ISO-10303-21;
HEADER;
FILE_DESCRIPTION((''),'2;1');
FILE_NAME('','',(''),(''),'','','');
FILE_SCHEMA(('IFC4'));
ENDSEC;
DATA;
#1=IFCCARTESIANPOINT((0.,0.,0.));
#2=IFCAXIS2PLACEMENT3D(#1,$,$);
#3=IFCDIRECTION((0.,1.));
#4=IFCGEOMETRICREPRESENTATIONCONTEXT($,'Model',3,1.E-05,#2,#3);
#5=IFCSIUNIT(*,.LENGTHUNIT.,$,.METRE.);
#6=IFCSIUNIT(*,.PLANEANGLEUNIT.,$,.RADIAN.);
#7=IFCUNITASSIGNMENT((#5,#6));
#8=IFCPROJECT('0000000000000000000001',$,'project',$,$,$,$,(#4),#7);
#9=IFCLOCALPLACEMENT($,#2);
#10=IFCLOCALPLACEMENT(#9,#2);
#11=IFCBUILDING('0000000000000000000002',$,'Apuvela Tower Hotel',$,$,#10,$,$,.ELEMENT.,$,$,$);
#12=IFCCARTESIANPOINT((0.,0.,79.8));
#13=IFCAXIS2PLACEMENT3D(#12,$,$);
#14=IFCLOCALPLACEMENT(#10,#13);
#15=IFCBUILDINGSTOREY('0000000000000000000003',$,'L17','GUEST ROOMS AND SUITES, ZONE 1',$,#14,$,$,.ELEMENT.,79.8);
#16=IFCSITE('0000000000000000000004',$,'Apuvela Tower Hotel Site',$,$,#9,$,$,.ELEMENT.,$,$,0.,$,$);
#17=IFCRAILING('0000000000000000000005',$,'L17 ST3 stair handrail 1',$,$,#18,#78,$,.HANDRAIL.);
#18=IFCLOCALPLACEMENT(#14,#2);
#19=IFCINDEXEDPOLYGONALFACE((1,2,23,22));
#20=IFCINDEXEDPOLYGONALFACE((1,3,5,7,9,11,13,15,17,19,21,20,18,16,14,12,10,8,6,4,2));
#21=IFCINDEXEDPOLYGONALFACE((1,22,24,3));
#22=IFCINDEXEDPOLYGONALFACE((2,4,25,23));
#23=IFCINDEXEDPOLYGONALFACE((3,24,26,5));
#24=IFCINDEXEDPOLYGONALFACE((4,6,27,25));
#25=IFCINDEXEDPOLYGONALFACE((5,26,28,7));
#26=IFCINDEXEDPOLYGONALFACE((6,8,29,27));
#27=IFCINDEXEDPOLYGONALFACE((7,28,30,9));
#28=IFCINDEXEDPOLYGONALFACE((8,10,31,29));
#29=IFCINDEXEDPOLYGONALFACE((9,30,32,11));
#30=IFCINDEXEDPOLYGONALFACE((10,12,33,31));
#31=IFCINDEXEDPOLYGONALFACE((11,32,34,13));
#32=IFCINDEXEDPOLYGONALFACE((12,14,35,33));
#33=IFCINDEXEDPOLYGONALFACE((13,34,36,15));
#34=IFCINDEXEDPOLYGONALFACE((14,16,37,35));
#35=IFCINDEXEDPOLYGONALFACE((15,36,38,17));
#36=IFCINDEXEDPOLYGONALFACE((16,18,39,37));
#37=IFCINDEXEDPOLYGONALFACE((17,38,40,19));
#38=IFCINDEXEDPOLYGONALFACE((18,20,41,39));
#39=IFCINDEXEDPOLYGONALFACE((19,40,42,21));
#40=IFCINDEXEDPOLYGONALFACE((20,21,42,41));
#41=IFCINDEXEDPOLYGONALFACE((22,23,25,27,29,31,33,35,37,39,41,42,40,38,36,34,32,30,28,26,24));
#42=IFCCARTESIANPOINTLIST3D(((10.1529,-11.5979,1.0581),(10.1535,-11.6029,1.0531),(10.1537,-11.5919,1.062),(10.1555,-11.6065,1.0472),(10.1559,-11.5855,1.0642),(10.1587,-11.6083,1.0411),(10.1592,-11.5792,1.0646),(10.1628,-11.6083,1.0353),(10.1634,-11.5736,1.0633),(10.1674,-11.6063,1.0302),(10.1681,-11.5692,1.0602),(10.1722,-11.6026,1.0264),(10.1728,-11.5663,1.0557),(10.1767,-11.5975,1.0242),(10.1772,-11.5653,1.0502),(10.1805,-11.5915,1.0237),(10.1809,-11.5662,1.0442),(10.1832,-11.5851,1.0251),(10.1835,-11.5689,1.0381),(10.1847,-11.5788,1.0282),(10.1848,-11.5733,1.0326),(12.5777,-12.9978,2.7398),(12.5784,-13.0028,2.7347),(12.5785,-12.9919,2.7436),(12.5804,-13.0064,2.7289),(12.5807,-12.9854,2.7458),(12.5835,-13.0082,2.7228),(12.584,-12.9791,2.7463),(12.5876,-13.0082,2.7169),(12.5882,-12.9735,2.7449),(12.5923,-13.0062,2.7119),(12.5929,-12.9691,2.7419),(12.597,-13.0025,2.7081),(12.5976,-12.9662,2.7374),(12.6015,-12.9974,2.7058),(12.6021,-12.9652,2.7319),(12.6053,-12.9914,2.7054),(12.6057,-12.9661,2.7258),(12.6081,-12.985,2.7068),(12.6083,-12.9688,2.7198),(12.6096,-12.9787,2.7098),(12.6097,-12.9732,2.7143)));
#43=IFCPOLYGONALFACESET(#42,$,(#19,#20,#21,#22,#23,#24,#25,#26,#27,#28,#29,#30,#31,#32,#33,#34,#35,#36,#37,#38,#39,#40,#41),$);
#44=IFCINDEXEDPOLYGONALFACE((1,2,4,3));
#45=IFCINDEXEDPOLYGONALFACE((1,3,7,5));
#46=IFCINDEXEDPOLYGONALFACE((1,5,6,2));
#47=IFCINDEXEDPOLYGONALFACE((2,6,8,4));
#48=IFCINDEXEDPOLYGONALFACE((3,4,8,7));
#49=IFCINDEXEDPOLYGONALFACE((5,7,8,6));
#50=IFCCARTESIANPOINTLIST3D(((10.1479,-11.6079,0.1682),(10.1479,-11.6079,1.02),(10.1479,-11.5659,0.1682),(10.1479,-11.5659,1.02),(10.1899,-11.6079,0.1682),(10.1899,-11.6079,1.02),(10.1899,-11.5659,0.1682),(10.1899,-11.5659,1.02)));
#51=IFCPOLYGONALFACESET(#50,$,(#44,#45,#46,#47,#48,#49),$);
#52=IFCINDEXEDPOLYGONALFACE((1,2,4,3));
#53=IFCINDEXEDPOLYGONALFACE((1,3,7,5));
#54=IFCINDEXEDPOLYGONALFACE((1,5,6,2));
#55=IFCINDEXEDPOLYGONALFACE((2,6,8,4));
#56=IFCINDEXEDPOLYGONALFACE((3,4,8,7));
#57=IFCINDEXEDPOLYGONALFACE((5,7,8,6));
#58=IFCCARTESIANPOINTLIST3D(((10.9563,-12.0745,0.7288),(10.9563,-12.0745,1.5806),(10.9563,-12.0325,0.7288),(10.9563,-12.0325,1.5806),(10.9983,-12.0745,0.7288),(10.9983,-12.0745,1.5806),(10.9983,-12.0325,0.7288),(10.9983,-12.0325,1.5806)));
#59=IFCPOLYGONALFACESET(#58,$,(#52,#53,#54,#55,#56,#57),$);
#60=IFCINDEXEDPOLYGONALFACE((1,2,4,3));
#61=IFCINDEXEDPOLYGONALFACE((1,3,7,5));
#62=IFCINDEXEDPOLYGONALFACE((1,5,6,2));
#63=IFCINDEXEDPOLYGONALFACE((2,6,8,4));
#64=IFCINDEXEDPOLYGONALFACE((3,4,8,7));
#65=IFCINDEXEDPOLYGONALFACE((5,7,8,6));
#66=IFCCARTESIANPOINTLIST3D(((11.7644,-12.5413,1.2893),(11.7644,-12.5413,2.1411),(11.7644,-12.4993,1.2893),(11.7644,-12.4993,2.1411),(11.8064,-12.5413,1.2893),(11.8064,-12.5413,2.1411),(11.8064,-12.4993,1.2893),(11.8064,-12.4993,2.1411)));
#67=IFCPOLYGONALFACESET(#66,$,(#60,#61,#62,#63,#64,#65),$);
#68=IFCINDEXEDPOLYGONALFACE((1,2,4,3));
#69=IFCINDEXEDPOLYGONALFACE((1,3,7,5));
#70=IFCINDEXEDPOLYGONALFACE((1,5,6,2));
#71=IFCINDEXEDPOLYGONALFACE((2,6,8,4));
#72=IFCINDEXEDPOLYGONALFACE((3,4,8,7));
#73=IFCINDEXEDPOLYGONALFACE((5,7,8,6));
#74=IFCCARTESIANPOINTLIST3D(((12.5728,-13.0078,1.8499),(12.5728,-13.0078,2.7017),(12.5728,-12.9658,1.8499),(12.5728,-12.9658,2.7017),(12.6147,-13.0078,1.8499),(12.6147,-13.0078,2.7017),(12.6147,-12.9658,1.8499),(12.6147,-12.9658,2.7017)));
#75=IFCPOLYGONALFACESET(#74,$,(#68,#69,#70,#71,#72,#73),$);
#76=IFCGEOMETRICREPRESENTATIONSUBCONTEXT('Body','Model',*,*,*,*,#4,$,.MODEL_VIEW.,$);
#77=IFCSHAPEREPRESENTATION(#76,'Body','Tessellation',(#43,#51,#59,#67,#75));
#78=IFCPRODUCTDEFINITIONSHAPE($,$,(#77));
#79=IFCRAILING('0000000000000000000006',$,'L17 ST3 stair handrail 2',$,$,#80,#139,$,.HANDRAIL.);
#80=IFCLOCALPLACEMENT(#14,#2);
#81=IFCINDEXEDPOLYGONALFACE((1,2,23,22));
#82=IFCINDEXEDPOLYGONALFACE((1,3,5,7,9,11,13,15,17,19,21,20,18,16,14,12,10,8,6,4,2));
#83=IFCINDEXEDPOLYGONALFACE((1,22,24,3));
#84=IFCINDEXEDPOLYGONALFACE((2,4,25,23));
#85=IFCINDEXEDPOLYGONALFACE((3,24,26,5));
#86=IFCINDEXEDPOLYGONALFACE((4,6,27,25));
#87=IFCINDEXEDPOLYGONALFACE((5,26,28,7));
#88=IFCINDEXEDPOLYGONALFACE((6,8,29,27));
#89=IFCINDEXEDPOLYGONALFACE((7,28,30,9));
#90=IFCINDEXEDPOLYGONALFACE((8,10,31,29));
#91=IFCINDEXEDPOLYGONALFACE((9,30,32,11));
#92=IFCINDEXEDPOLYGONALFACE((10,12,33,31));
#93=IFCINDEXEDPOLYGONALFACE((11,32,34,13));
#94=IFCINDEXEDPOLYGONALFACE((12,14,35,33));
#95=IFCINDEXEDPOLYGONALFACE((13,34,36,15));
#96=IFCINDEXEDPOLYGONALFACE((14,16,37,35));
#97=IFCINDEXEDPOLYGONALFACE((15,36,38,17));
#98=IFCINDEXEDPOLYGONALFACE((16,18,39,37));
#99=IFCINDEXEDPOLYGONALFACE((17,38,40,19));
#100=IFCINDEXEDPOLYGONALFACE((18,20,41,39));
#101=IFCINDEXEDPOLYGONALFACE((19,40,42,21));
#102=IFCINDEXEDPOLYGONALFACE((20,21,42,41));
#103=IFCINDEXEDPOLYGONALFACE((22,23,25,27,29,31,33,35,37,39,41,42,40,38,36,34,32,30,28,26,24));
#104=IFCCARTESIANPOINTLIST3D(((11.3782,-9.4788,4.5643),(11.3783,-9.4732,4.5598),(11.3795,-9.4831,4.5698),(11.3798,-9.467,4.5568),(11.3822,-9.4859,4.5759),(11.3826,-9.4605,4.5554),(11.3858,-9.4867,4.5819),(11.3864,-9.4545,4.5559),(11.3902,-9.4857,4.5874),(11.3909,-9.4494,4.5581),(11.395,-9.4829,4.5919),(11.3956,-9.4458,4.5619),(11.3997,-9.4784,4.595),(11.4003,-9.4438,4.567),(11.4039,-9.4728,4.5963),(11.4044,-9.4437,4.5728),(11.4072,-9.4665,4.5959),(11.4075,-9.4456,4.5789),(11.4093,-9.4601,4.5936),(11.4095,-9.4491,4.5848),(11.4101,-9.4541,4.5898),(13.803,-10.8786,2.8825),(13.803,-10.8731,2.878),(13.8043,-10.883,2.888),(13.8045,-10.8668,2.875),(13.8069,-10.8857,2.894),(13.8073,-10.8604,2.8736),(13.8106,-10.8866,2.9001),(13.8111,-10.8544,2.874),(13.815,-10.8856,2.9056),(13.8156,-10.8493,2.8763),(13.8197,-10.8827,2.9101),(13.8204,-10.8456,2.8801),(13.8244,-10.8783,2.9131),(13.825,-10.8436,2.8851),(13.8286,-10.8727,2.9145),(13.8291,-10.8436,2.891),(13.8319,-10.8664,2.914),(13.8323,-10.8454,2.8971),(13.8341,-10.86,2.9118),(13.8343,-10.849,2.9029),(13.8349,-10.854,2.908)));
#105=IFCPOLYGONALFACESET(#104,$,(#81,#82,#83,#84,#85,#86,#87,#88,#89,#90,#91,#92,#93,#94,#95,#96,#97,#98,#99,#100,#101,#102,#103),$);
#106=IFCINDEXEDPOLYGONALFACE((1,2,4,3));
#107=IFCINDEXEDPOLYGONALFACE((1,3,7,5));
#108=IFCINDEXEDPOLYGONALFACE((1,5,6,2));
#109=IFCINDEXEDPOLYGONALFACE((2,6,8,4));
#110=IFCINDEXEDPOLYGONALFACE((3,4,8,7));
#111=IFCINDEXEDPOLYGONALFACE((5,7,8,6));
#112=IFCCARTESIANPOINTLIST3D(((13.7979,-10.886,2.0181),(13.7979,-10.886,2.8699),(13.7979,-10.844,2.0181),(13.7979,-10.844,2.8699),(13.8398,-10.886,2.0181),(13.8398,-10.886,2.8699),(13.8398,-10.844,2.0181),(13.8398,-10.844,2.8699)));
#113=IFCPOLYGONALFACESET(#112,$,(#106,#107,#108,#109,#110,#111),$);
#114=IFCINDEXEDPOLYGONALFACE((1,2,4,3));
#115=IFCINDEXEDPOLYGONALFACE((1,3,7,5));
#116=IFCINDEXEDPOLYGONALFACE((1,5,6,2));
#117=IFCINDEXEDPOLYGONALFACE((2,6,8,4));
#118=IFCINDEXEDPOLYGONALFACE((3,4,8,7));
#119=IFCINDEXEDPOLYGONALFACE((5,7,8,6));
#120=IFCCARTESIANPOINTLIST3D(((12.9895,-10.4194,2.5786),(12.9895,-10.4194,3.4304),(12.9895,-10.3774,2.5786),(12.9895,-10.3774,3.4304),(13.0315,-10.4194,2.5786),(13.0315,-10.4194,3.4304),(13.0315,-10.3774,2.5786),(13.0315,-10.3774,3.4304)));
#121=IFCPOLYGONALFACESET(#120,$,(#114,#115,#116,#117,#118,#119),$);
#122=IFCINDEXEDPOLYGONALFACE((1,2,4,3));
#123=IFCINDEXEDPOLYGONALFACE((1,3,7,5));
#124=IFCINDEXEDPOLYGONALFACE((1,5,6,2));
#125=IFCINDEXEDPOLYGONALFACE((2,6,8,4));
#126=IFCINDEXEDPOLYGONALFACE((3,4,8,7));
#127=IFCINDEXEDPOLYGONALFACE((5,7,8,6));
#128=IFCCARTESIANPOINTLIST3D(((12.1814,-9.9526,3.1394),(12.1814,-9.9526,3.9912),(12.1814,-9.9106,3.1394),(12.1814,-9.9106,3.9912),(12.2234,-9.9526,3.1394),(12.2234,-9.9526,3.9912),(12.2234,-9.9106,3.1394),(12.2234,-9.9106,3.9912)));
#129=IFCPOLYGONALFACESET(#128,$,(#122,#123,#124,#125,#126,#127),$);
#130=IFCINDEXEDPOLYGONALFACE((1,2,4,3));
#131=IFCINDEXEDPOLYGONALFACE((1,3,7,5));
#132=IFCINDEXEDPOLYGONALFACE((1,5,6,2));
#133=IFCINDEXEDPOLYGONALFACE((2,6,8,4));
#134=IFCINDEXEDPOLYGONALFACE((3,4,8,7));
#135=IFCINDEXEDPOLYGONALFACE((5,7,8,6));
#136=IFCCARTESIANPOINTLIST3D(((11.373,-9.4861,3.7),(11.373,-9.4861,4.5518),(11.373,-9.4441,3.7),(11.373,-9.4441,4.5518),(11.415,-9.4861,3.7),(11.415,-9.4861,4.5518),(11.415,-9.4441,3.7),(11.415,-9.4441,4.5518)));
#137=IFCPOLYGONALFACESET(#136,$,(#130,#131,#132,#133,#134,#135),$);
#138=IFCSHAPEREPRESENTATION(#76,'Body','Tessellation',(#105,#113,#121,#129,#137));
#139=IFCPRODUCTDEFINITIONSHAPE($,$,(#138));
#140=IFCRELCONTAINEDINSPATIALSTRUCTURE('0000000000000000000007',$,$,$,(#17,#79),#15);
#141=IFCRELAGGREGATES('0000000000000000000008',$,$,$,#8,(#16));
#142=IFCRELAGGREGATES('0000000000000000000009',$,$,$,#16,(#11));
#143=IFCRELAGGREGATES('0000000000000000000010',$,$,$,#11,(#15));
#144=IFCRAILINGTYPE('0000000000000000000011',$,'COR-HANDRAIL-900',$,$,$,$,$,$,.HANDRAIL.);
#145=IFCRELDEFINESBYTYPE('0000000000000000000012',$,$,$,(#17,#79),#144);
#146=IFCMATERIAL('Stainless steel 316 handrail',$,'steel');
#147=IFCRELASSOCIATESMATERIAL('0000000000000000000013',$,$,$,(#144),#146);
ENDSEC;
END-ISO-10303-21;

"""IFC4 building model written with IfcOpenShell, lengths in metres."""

from ifc_helpers import new_model, si_unit, direction, frame, origin, origin_2d, place, context, subcontext, project, spatial, rectangle, circle, extrude, material, type_object, element, save


model = new_model("IFC4")

# Units and contexts
model_context = context("Model", 3, precision=1e-05, world=origin(), true_north=direction((0.0, 1.0)))
body_context = subcontext(model_context, "Body", "Model", "MODEL_VIEW")
ifc_project = project(units=[si_unit("LENGTHUNIT", "METRE"), si_unit("PLANEANGLEUNIT", "RADIAN")], contexts=[model_context])

# Site, building, storey
site_placement = place(None, origin())
site = spatial("IfcSite", under=ifc_project, at=site_placement, Name="Apuvela Tower Hotel Site", CompositionType="ELEMENT", RefElevation=0.0)
building_placement = place(site_placement, origin())
building = spatial("IfcBuilding", under=site, at=building_placement, Name="Apuvela Tower Hotel", CompositionType="ELEMENT")
storey_placement = place(building_placement, frame((0.0, 0.0, 79.8)))
storey = spatial("IfcBuildingStorey", under=building, at=storey_placement, Name="L17", Description="GUEST ROOMS AND SUITES, ZONE 1", CompositionType="ELEMENT", Elevation=79.8)

# Railings
ifc_material_1 = material(Name="Stainless steel 316 handrail", Category="steel")
railing_type_1 = type_object("IfcRailingType", Name="COR-HANDRAIL-900", PredefinedType="HANDRAIL", material=ifc_material_1)
railing_1_placement = place(storey_placement, frame((10.1689, -11.5869, 0.1682)))
element("IfcRailing", 1, at=railing_1_placement, inside=storey, type_object=railing_type_1, Name="L17 ST3 stair handrail 1", PredefinedType="HANDRAIL", context=body_context, shape_type="SweptSolid", body=[
    extrude(circle(Radius=0.0239, at=origin_2d()), frame((0.0, 0.0, 0.876), z_axis=(0.742419, -0.428618, 0.514879), x_axis=(0.499984, 0.866035, 0.0)), (0.0, 0.0, 1.0), 3.2661),
    extrude(rectangle(XDim=0.042, YDim=0.042, at=origin_2d()), origin(), (0.0, 0.0, 1.0), 0.8518),
    extrude(rectangle(XDim=0.042, YDim=0.042, at=origin_2d()), frame((0.8083, -0.4666, 0.5605)), (0.0, 0.0, 1.0), 0.8518),
    extrude(rectangle(XDim=0.042, YDim=0.042, at=origin_2d()), frame((1.6165, -0.9333, 1.1211)), (0.0, 0.0, 1.0), 0.8518),
    extrude(rectangle(XDim=0.042, YDim=0.042, at=origin_2d()), frame((2.4248, -1.3999, 1.6816)), (0.0, 0.0, 1.0), 0.8518),
])
railing_2_placement = place(storey_placement, frame((13.8188, -10.865, 2.0181)))
element("IfcRailing", 2, at=railing_2_placement, inside=storey, type_object=railing_type_1, Name="L17 ST3 stair handrail 2", PredefinedType="HANDRAIL", context=body_context, shape_type="SweptSolid", body=[
    extrude(circle(Radius=0.0239, at=origin_2d()), frame((0.0, 0.0, 0.876), z_axis=(-0.74239, 0.428601, 0.514934), x_axis=(-0.499984, -0.866035, 0.0)), (0.0, 0.0, 1.0), 3.2661),
    extrude(rectangle(XDim=0.042, YDim=0.042, at=origin_2d()), origin(), (0.0, 0.0, 1.0), 0.8518),
    extrude(rectangle(XDim=0.042, YDim=0.042, at=origin_2d()), frame((-0.8083, 0.4666, 0.5605)), (0.0, 0.0, 1.0), 0.8518),
    extrude(rectangle(XDim=0.042, YDim=0.042, at=origin_2d()), frame((-1.6165, 0.9333, 1.1213)), (0.0, 0.0, 1.0), 0.8518),
    extrude(rectangle(XDim=0.042, YDim=0.042, at=origin_2d()), frame((-2.4248, 1.3999, 1.6819)), (0.0, 0.0, 1.0), 0.8518),
])

save(model, "model.ifc")
